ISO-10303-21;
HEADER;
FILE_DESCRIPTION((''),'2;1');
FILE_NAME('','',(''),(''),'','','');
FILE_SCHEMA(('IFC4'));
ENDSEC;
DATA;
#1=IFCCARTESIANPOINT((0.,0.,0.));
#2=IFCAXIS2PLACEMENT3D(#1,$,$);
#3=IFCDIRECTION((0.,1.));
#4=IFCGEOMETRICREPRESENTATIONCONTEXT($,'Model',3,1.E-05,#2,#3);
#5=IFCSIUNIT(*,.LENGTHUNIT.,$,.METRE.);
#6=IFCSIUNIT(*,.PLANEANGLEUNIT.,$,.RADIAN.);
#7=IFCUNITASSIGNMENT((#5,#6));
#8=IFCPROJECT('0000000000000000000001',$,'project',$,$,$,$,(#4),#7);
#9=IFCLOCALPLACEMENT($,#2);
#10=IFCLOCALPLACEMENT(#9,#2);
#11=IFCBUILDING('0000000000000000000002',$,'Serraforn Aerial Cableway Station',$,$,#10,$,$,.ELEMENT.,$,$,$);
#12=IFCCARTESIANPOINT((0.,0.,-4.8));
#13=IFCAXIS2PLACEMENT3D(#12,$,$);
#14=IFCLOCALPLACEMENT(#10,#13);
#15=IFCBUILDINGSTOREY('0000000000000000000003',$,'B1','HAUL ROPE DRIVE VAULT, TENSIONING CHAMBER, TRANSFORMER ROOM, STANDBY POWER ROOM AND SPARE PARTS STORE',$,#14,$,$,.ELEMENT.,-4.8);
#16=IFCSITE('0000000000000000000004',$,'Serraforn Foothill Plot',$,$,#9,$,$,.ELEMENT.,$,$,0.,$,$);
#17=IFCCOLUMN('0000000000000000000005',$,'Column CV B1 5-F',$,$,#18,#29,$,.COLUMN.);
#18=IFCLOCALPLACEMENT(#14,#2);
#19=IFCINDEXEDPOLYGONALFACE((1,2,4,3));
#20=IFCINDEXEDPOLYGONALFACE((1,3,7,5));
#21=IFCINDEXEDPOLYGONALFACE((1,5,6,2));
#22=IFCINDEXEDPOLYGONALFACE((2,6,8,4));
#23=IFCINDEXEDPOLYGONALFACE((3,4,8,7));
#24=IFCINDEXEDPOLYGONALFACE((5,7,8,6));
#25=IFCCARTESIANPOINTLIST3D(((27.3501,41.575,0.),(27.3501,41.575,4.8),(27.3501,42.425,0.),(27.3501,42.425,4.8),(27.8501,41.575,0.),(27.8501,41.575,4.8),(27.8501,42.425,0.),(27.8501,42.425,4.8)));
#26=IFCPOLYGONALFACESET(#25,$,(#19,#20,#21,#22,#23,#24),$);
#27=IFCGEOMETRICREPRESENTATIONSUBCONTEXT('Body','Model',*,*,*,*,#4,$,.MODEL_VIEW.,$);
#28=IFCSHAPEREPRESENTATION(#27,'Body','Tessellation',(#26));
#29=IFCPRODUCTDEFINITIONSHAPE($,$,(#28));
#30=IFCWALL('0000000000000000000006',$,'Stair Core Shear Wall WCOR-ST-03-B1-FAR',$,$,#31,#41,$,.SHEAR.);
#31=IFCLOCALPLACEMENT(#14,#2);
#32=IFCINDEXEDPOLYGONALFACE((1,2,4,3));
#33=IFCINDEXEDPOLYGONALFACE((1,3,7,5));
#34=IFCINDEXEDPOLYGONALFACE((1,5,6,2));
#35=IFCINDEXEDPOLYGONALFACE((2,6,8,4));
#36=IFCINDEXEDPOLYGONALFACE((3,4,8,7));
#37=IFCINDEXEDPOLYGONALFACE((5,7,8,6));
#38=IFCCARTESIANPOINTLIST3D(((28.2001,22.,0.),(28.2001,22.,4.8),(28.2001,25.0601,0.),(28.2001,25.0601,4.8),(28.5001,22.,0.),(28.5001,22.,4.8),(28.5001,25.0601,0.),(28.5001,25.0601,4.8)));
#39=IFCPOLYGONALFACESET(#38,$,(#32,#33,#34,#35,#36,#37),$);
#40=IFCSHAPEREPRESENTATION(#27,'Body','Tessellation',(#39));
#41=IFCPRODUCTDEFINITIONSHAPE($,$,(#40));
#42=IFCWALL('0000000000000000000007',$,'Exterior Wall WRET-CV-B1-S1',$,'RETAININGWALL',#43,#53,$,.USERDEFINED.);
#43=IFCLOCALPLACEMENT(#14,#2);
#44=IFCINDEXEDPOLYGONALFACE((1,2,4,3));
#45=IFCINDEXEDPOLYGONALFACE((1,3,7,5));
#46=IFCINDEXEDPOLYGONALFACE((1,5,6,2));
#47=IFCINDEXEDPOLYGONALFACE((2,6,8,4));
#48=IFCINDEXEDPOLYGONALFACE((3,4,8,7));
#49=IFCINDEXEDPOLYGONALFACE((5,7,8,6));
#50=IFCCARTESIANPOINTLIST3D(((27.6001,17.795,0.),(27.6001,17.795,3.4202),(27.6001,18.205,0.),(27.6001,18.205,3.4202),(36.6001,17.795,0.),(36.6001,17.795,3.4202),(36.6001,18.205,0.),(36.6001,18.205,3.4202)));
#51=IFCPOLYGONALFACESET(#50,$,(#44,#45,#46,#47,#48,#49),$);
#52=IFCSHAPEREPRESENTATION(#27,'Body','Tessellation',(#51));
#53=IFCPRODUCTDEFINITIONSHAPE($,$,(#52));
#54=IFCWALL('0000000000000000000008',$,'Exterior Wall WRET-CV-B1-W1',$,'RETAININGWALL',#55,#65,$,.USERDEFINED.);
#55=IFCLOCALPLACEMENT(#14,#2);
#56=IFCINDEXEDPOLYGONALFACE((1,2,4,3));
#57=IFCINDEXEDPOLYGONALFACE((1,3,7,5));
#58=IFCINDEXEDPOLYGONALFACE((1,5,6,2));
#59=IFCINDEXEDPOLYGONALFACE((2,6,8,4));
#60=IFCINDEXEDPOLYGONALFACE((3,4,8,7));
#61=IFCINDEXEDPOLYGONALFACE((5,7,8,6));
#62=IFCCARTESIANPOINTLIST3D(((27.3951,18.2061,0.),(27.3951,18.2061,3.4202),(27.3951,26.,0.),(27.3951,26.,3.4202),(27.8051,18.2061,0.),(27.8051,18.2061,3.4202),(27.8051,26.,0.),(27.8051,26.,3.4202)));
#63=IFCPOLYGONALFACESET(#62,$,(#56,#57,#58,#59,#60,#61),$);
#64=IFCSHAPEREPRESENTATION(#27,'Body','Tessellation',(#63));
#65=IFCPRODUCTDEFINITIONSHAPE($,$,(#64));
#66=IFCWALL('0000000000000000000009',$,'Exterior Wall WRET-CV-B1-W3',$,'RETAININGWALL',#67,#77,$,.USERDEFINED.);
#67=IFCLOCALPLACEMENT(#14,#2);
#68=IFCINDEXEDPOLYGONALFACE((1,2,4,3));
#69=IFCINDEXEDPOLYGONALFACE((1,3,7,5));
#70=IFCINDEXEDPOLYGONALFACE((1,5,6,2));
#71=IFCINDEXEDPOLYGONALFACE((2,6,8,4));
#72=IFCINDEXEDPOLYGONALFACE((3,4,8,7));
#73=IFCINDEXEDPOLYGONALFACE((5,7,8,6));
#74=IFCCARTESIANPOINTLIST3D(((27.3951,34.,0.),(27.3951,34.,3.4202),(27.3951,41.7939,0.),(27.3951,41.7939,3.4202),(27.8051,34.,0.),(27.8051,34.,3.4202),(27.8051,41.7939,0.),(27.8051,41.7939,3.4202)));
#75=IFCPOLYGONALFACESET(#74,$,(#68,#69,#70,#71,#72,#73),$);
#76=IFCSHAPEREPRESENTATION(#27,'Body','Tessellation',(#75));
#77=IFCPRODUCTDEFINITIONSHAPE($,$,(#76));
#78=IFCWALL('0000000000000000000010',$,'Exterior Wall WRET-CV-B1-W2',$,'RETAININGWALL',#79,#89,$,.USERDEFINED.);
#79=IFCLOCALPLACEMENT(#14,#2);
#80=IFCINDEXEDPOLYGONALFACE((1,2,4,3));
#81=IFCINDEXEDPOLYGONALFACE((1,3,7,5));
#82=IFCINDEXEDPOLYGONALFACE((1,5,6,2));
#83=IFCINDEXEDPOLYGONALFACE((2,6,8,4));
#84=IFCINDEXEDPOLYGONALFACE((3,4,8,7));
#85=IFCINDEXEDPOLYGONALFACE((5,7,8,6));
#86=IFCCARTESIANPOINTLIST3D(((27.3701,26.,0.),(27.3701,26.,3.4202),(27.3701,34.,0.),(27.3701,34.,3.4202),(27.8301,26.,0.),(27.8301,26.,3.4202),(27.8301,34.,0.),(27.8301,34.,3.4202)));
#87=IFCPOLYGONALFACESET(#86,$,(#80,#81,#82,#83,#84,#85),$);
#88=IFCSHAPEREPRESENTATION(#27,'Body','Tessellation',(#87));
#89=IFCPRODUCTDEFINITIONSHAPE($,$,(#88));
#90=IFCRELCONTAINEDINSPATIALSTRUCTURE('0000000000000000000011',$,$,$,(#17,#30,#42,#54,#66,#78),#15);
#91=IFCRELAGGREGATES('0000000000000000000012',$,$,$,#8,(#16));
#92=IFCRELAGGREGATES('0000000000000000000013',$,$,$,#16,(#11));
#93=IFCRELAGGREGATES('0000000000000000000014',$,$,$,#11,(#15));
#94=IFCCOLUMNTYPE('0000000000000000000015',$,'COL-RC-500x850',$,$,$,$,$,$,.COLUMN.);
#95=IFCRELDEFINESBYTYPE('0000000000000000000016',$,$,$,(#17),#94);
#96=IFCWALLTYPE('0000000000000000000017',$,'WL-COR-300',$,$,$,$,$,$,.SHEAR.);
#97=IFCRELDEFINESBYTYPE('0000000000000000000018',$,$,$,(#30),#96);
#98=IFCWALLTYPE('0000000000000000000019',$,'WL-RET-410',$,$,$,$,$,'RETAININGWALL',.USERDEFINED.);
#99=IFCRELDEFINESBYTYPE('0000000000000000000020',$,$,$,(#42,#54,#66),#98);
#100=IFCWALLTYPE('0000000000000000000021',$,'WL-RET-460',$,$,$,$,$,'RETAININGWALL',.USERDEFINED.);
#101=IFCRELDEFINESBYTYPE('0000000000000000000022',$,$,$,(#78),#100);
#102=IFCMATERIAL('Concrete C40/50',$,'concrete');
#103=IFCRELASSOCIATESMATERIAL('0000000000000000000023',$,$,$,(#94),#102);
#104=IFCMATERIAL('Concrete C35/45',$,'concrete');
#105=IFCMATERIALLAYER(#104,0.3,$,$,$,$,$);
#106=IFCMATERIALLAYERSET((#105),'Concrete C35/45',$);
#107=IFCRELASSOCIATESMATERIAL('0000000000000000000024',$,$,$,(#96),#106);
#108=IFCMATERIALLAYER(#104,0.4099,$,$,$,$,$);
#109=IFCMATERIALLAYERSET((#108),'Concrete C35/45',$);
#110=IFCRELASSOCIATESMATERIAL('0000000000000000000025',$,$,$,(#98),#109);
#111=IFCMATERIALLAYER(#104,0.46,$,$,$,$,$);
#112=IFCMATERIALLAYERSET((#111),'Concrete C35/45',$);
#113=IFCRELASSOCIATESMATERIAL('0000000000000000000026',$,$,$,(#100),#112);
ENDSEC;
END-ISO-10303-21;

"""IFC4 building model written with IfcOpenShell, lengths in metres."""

from ifc_helpers import new_model, si_unit, direction, frame, frame_2d, origin, origin_2d, place, context, subcontext, project, spatial, rectangle, extrude, material, layer, layer_set, material_profile, profile_set, type_object, element, save


model = new_model("IFC4")

# Units and contexts
model_context = context("Model", 3, precision=1e-05, world=origin(), true_north=direction((0.0, 1.0)))
body_context = subcontext(model_context, "Body", "Model", "MODEL_VIEW")
ifc_project = project(units=[si_unit("LENGTHUNIT", "METRE"), si_unit("PLANEANGLEUNIT", "RADIAN")], contexts=[model_context])

# Site, building, storey
site_placement = place(None, origin())
site = spatial("IfcSite", under=ifc_project, at=site_placement, Name="Serraforn Foothill Plot", CompositionType="ELEMENT", RefElevation=0.0)
building_placement = place(site_placement, origin())
building = spatial("IfcBuilding", under=site, at=building_placement, Name="Serraforn Aerial Cableway Station", CompositionType="ELEMENT")
storey_placement = place(building_placement, frame((0.0, 0.0, -4.8)))
storey = spatial("IfcBuildingStorey", under=building, at=storey_placement, Name="B1", Description="HAUL ROPE DRIVE VAULT, TENSIONING CHAMBER, TRANSFORMER ROOM, STANDBY POWER ROOM AND SPARE PARTS STORE", CompositionType="ELEMENT", Elevation=-4.8)

# Shared definitions
ifc_material_1 = material(Name="Concrete C35/45", Category="concrete")
ifc_material_2 = material(Name="Concrete C40/50", Category="concrete")

# Column
ifc_material_profile_1 = material_profile(ifc_material_2, rectangle(XDim=0.5, YDim=0.8501, at=origin_2d()), Name="RC 500x850")
ifc_profile_set_1 = profile_set([ifc_material_profile_1], Name="Concrete C40/50")
column_type = type_object("IfcColumnType", Name="COL-RC-500x850", PredefinedType="COLUMN", material=ifc_profile_set_1)
for number, where, z_axis, x_axis, name in (
    (1, (27.6001, 42.0, 0.0), (0.0, 0.0, 1.0), (1.0, 0.0, 0.0), "Column CV B1 5-F"),
):
    element("IfcColumn", number, at=place(storey_placement, frame(where, z_axis=z_axis, x_axis=x_axis)), inside=storey, type_object=column_type, Name=name, PredefinedType="COLUMN", context=body_context, shape_type="SweptSolid", body=[
        extrude(rectangle(XDim=0.5, YDim=0.8501, at=origin_2d()), origin(), (0.0, 0.0, 1.0), 4.8),
    ])

# Walls
ifc_layer_1 = layer(ifc_material_1, 0.3)
ifc_layer_set_1 = layer_set([ifc_layer_1], Name="Concrete C35/45")
wall_type_1 = type_object("IfcWallType", Name="WL-COR-300", PredefinedType="SHEAR", material=ifc_layer_set_1)
wall_1_placement = place(storey_placement, frame((28.3501, 25.0601, 0.0), z_axis=(0.0, 0.0, 1.0), x_axis=(0.0, -1.0, 0.0)))
element("IfcWall", 2, at=wall_1_placement, inside=storey, type_object=wall_type_1, Name="Stair Core Shear Wall WCOR-ST-03-B1-FAR", PredefinedType="SHEAR", context=body_context, shape_type="SweptSolid", body=[
    extrude(rectangle(XDim=3.0601, YDim=0.3, at=frame_2d((1.53, 0.0))), origin(), (0.0, 0.0, 1.0), 4.8),
])
ifc_layer_2 = layer(ifc_material_1, 0.4099)
ifc_layer_set_2 = layer_set([ifc_layer_2], Name="Concrete C35/45")
wall_type_2 = type_object("IfcWallType", Name="WL-RET-410", ElementType="RETAININGWALL", PredefinedType="USERDEFINED", material=ifc_layer_set_2)
wall_2_placement = place(storey_placement, frame((27.6001, 18.0, 0.0), z_axis=(0.0, 0.0, 1.0), x_axis=(1.0, 0.0, 0.0)))
element("IfcWall", 3, at=wall_2_placement, inside=storey, type_object=wall_type_2, Name="Exterior Wall WRET-CV-B1-S1", ObjectType="RETAININGWALL", PredefinedType="USERDEFINED", context=body_context, shape_type="SweptSolid", body=[
    extrude(rectangle(XDim=9.0, YDim=0.4099, at=frame_2d((4.5, 0.0))), origin(), (0.0, 0.0, 1.0), 3.4202),
])
for number, where, z_axis, x_axis, name in (
    (4, (27.6001, 26.0, 0.0), (0.0, 0.0, 1.0), (0.0, -1.0, 0.0), "Exterior Wall WRET-CV-B1-W1"),
    (5, (27.6001, 41.7939, 0.0), (0.0, 0.0, 1.0), (0.0, -1.0, 0.0), "Exterior Wall WRET-CV-B1-W3"),
):
    element("IfcWall", number, at=place(storey_placement, frame(where, z_axis=z_axis, x_axis=x_axis)), inside=storey, type_object=wall_type_2, Name=name, ObjectType="RETAININGWALL", PredefinedType="USERDEFINED", context=body_context, shape_type="SweptSolid", body=[
        extrude(rectangle(XDim=7.7939, YDim=0.4099, at=frame_2d((3.897, 0.0))), origin(), (0.0, 0.0, 1.0), 3.4202),
    ])
ifc_layer_3 = layer(ifc_material_1, 0.46)
ifc_layer_set_3 = layer_set([ifc_layer_3], Name="Concrete C35/45")
wall_type_3 = type_object("IfcWallType", Name="WL-RET-460", ElementType="RETAININGWALL", PredefinedType="USERDEFINED", material=ifc_layer_set_3)
wall_3_placement = place(storey_placement, frame((27.6001, 34.0, 0.0), z_axis=(0.0, 0.0, 1.0), x_axis=(0.0, -1.0, 0.0)))
element("IfcWall", 6, at=wall_3_placement, inside=storey, type_object=wall_type_3, Name="Exterior Wall WRET-CV-B1-W2", ObjectType="RETAININGWALL", PredefinedType="USERDEFINED", context=body_context, shape_type="SweptSolid", body=[
    extrude(rectangle(XDim=8.0, YDim=0.46, at=frame_2d((4.0, 0.0))), origin(), (0.0, 0.0, 1.0), 3.4202),
])

save(model, "model.ifc")
